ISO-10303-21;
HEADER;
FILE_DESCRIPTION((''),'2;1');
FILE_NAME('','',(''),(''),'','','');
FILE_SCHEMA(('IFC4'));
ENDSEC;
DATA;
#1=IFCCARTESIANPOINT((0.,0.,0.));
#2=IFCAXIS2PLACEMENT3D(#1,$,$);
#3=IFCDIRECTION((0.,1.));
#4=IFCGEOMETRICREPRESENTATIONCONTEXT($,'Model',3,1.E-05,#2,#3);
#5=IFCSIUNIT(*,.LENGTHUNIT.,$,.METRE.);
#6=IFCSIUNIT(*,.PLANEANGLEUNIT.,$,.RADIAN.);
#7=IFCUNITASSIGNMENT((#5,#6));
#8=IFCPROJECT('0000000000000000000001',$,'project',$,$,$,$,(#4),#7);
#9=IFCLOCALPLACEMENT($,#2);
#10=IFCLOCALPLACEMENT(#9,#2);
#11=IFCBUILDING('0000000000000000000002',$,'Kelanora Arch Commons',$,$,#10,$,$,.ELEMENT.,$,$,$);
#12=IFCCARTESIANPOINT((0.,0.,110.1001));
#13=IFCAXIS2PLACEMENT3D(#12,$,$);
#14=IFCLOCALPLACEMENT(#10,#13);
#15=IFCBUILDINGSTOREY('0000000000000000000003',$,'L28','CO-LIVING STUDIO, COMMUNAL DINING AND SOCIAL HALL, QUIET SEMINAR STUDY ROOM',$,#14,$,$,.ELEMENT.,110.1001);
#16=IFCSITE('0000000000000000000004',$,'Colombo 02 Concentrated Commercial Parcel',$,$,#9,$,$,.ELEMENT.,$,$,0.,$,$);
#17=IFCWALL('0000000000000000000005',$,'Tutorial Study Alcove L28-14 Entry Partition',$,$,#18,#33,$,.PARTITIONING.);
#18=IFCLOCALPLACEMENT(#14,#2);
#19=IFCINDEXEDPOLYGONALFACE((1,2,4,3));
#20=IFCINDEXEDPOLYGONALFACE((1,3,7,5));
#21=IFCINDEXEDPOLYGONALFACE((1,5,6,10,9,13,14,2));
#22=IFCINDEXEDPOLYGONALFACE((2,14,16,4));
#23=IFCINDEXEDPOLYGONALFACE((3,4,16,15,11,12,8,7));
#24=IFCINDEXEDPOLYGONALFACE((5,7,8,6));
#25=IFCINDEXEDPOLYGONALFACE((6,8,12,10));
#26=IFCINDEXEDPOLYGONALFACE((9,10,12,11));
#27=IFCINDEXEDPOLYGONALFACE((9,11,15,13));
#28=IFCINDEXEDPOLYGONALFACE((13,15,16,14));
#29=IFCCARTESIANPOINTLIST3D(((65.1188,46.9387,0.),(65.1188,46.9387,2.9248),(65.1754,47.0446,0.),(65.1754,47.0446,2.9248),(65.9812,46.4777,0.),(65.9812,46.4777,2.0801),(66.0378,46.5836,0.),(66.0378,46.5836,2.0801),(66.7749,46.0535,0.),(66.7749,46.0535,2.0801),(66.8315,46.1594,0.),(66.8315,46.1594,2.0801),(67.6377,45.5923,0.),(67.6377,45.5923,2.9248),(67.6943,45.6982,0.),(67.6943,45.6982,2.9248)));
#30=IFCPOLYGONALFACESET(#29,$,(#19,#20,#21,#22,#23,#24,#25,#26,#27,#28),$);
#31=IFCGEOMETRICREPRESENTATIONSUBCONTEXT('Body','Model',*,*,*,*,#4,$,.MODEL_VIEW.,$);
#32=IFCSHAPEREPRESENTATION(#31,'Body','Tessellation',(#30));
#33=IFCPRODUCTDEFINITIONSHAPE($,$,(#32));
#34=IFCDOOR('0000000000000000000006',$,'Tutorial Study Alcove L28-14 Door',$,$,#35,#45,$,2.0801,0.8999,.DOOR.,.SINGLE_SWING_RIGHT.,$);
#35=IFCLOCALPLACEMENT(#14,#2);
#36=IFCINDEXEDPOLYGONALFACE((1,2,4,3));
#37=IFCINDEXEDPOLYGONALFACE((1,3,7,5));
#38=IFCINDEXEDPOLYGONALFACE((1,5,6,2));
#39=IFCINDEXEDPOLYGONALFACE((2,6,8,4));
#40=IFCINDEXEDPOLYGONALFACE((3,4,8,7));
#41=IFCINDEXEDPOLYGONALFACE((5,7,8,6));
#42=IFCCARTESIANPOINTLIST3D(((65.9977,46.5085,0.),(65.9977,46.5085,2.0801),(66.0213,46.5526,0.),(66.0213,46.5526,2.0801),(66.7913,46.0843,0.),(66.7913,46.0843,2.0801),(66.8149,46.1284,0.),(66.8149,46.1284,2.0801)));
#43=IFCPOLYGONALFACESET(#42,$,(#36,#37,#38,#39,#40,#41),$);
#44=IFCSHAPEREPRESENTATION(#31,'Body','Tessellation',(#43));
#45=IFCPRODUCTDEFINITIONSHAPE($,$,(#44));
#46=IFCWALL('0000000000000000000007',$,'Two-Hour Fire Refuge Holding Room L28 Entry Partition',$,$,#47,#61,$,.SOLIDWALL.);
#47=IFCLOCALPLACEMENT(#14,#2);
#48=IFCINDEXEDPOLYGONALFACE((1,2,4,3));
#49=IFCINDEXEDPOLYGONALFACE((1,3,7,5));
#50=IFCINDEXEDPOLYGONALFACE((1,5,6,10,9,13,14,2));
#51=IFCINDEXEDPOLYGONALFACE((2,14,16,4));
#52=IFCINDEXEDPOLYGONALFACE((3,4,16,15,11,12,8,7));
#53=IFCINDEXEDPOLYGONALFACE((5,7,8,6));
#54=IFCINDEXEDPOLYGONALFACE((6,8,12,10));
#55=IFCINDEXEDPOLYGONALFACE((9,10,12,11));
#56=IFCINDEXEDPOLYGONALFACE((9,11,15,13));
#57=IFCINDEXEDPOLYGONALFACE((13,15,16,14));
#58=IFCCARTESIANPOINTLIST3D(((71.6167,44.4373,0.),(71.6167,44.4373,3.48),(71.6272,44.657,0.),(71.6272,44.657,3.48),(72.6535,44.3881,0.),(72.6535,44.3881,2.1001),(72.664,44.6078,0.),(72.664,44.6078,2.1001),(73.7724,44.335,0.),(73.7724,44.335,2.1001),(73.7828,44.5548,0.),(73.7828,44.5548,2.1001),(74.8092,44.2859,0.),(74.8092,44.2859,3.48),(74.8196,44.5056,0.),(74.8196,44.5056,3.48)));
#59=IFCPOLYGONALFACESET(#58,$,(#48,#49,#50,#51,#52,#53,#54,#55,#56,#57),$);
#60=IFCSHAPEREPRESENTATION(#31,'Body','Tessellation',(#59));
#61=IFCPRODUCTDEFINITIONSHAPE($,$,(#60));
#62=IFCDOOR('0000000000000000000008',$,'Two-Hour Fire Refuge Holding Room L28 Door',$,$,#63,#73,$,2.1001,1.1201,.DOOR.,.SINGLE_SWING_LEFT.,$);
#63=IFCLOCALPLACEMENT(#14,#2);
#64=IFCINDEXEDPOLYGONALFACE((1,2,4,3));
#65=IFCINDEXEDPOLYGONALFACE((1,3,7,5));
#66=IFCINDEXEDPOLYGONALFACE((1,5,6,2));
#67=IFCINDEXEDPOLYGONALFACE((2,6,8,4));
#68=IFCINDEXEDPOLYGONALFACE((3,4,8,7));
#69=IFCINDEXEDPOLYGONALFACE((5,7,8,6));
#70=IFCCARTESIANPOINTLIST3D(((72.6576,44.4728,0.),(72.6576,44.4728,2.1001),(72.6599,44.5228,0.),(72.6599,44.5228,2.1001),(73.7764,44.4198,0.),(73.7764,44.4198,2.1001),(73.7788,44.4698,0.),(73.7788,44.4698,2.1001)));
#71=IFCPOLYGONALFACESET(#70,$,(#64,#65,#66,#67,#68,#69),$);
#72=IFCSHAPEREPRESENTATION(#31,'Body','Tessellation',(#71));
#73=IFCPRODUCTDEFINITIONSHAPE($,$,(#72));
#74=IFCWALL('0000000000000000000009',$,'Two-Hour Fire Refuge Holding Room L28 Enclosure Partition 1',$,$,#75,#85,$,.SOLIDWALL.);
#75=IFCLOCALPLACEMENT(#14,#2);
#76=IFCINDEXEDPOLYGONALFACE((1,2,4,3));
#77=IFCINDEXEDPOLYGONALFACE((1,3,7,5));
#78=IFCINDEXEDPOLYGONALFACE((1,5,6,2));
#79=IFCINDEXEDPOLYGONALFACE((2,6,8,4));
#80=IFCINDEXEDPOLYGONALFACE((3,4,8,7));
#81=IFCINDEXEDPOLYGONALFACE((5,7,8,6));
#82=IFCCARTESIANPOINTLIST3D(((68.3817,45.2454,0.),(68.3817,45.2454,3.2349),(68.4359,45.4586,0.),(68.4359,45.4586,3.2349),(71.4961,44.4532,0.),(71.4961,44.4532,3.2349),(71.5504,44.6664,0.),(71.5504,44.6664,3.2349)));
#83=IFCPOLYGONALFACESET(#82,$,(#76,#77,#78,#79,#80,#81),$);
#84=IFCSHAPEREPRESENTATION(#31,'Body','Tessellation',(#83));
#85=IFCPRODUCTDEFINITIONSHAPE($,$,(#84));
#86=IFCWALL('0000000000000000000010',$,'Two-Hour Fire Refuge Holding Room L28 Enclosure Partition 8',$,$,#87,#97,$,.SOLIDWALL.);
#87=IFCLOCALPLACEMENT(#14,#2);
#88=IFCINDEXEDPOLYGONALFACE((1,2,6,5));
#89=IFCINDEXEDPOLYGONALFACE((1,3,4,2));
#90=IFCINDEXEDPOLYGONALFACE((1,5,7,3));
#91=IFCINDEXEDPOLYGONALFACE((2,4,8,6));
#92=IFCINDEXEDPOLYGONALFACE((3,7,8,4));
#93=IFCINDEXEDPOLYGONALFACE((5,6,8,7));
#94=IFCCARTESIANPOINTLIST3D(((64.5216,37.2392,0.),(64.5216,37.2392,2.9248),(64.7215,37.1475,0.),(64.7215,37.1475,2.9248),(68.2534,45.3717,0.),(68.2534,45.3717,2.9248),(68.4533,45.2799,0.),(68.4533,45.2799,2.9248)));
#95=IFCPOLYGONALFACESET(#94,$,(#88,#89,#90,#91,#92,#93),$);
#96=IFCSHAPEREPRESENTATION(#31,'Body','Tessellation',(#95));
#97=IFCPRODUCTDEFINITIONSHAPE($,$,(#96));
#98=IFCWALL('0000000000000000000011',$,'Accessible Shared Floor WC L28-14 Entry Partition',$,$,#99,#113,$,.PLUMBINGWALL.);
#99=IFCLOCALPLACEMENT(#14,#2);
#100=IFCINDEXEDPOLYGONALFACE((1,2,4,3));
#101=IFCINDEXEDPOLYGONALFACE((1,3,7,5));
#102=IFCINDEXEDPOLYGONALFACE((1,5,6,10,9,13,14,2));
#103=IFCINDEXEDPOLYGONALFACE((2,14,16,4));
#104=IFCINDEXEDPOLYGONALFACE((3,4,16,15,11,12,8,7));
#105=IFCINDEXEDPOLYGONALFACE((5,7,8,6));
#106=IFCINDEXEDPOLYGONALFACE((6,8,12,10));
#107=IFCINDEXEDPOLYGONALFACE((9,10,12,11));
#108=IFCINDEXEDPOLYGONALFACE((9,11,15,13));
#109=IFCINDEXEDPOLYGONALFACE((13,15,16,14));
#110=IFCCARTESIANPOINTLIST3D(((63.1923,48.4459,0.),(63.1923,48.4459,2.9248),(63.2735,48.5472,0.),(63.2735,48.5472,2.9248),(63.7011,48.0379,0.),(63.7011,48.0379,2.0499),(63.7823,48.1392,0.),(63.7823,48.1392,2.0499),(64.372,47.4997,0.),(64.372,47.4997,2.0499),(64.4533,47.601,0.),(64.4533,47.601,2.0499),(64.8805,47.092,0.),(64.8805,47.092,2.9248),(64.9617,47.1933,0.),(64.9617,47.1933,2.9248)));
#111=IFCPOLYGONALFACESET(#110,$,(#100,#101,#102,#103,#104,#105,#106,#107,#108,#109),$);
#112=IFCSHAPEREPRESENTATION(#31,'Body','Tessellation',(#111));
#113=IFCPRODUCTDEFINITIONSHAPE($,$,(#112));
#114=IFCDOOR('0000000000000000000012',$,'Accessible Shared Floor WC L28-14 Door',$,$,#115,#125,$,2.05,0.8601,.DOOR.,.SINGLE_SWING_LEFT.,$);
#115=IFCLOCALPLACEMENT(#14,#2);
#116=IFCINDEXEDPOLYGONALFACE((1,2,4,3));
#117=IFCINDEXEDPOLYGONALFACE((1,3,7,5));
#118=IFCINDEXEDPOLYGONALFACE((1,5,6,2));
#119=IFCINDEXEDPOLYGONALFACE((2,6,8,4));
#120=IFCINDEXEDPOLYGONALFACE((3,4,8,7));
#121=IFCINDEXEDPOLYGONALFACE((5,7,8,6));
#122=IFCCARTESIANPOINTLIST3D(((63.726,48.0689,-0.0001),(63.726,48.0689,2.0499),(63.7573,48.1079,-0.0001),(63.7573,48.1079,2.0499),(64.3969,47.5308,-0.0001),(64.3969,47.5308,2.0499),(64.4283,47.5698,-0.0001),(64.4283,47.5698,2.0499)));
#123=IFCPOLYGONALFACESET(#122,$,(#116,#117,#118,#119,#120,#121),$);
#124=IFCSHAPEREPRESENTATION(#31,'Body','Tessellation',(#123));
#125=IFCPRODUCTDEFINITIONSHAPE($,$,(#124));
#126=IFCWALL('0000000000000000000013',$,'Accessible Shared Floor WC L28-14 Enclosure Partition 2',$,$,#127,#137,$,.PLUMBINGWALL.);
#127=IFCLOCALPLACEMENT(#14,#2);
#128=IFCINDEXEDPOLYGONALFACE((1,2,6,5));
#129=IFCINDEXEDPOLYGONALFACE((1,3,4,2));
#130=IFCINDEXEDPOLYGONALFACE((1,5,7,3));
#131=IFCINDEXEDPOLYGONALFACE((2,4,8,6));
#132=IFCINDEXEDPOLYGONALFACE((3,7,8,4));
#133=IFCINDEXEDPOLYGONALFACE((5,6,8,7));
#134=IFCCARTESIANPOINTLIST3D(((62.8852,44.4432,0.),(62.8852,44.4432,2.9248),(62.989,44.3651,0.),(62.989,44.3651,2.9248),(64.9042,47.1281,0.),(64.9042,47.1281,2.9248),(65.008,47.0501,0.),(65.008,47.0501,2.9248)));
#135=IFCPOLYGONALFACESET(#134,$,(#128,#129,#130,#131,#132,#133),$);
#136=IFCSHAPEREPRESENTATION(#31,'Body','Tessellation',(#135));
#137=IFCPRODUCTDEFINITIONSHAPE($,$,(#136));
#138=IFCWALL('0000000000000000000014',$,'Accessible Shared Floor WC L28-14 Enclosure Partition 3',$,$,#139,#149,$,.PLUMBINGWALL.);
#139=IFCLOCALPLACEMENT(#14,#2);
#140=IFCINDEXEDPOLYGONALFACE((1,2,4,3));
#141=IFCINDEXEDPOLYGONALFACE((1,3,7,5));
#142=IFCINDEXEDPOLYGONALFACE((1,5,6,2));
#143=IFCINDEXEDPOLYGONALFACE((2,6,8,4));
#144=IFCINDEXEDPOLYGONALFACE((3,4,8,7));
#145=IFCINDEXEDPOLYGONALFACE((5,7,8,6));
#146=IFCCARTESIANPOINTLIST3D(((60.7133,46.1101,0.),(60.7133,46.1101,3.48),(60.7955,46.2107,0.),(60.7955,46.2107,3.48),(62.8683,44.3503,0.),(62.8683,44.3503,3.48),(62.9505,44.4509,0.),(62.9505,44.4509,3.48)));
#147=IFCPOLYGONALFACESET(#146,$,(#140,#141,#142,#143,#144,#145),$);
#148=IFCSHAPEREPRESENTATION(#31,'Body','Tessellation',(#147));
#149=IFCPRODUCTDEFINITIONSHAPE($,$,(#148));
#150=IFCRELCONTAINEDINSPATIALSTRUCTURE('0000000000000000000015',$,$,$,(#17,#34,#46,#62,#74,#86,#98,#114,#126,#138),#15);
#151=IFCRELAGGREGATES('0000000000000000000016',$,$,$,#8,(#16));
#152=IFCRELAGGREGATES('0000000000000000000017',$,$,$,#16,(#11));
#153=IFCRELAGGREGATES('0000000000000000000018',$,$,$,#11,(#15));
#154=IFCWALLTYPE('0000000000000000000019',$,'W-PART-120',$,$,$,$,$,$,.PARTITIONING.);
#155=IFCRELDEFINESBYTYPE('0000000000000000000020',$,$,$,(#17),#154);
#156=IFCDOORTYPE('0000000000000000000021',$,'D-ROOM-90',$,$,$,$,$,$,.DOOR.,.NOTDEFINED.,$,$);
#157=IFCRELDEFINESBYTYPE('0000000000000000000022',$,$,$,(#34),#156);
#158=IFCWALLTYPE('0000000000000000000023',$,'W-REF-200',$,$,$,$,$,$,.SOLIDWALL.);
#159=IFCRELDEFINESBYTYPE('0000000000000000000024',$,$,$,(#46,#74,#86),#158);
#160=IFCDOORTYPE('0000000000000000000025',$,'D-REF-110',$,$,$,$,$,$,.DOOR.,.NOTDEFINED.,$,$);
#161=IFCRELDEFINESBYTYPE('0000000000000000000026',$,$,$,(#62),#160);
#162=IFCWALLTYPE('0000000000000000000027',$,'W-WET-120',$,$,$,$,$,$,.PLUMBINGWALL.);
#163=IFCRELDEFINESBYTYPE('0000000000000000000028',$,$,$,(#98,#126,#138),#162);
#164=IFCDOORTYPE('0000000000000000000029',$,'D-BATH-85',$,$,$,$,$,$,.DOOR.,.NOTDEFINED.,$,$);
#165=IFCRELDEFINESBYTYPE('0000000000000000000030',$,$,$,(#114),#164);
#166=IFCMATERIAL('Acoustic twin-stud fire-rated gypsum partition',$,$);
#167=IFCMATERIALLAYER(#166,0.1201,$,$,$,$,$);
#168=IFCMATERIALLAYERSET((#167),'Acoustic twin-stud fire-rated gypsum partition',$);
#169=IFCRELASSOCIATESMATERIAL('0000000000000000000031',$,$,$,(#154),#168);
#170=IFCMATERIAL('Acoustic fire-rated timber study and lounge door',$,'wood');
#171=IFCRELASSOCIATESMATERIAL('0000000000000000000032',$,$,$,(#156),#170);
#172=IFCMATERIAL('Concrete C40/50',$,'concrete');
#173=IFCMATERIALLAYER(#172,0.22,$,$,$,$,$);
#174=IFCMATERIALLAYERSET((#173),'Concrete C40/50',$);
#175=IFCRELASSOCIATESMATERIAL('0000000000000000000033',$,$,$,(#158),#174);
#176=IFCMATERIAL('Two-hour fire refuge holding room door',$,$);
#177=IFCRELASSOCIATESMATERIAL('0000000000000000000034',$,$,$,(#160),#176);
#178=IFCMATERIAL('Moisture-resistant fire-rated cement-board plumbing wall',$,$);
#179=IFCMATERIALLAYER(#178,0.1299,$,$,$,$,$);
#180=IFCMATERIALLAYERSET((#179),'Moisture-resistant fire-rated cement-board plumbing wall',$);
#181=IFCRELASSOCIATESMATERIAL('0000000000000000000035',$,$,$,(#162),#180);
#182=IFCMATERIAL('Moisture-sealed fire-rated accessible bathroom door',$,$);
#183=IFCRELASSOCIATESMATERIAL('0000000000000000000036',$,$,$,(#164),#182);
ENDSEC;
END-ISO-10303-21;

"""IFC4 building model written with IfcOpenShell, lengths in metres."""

from ifc_helpers import new_model, si_unit, direction, frame, frame_2d, origin, place, context, subcontext, project, spatial, rectangle, extrude, material, layer, layer_set, type_object, element, fill, save


model = new_model("IFC4")

# Units and contexts
model_context = context("Model", 3, precision=1e-05, world=origin(), true_north=direction((0.0, 1.0)))
body_context = subcontext(model_context, "Body", "Model", "MODEL_VIEW")
ifc_project = project(units=[si_unit("LENGTHUNIT", "METRE"), si_unit("PLANEANGLEUNIT", "RADIAN")], contexts=[model_context])

# Site, building, storey
site_placement = place(None, origin())
site = spatial("IfcSite", under=ifc_project, at=site_placement, Name="Colombo 02 Concentrated Commercial Parcel", CompositionType="ELEMENT", RefElevation=0.0)
building_placement = place(site_placement, origin())
building = spatial("IfcBuilding", under=site, at=building_placement, Name="Kelanora Arch Commons", CompositionType="ELEMENT")
storey_placement = place(building_placement, frame((0.0, 0.0, 110.1001)))
storey = spatial("IfcBuildingStorey", under=building, at=storey_placement, Name="L28", Description="CO-LIVING STUDIO, COMMUNAL DINING AND SOCIAL HALL, QUIET SEMINAR STUDY ROOM", CompositionType="ELEMENT", Elevation=110.1001)

# Walls, openings, doors
ifc_material_1 = material(Name="Acoustic twin-stud fire-rated gypsum partition")
ifc_layer_1 = layer(ifc_material_1, 0.1201)
ifc_layer_set_1 = layer_set([ifc_layer_1], Name="Acoustic twin-stud fire-rated gypsum partition")
wall_type_1 = type_object("IfcWallType", Name="W-PART-120", PredefinedType="PARTITIONING", material=ifc_layer_set_1)
wall_1_placement = place(storey_placement, frame((65.147, 46.9917, 0.0), z_axis=(0.0, 0.0, 1.0), x_axis=(0.881924, -0.471391, 0.0)))
wall_1 = element("IfcWall", 1, at=wall_1_placement, inside=storey, type_object=wall_type_1, Name="Tutorial Study Alcove L28-14 Entry Partition", PredefinedType="PARTITIONING", context=body_context, shape_type="SweptSolid", body=[
    extrude(rectangle(XDim=2.8562, YDim=0.1201, at=frame_2d((1.4282, 0.0))), origin(), (0.0, 0.0, 1.0), 2.9248),
])
opening_1_placement = place(wall_1_placement, frame((0.978, 0.0, 0.0)))
opening_1 = element("IfcOpeningElement", 2, at=opening_1_placement, cuts=wall_1, PredefinedType="OPENING", context=body_context, shape_type="SweptSolid", body=[
    extrude(rectangle(XDim=0.8999, YDim=2.0801, at=frame_2d((0.45, 1.04))), frame((0.0, 0.0701, 0.0), z_axis=(0.0, -1.0, 0.0), x_axis=(1.0, 0.0, 0.0)), (0.0, 0.0, 1.0), 0.1401),
])
ifc_material_2 = material(Name="Acoustic fire-rated timber study and lounge door", Category="wood")
door_type_1 = type_object("IfcDoorType", Name="D-ROOM-90", OperationType="NOTDEFINED", PredefinedType="DOOR", material=ifc_material_2)
door_1_placement = place(opening_1_placement, origin())
door_1 = element("IfcDoor", 3, at=door_1_placement, inside=storey, type_object=door_type_1, Name="Tutorial Study Alcove L28-14 Door", OperationType="SINGLE_SWING_RIGHT", OverallHeight=2.0801, OverallWidth=0.8999, PredefinedType="DOOR", context=body_context, shape_type="SweptSolid", body=[
    extrude(rectangle(XDim=0.8999, YDim=2.0801, at=frame_2d((0.45, 1.04))), frame((0.0, 0.0249, 0.0), z_axis=(0.0, -1.0, 0.0), x_axis=(1.0, 0.0, 0.0)), (0.0, 0.0, 1.0), 0.05),
])
fill(opening_1, door_1)
ifc_material_3 = material(Name="Concrete C40/50", Category="concrete")
ifc_layer_2 = layer(ifc_material_3, 0.22)
ifc_layer_set_2 = layer_set([ifc_layer_2], Name="Concrete C40/50")
wall_type_2 = type_object("IfcWallType", Name="W-REF-200", PredefinedType="SOLIDWALL", material=ifc_layer_set_2)
wall_2_placement = place(storey_placement, frame((71.6218, 44.5471, 0.0), z_axis=(0.0, 0.0, 1.0), x_axis=(0.998878, -0.047362, 0.0)))
wall_2 = element("IfcWall", 4, at=wall_2_placement, inside=storey, type_object=wall_type_2, Name="Two-Hour Fire Refuge Holding Room L28 Entry Partition", PredefinedType="SOLIDWALL", context=body_context, shape_type="SweptSolid", body=[
    extrude(rectangle(XDim=3.196, YDim=0.22, at=frame_2d((1.5981, 0.0))), origin(), (0.0, 0.0, 1.0), 3.48),
])
opening_2_placement = place(wall_2_placement, frame((1.0381, 0.0, 0.0)))
opening_2 = element("IfcOpeningElement", 5, at=opening_2_placement, cuts=wall_2, PredefinedType="OPENING", context=body_context, shape_type="SweptSolid", body=[
    extrude(rectangle(XDim=1.1201, YDim=2.1001, at=frame_2d((0.5601, 1.05))), frame((0.0, 0.1201, 0.0), z_axis=(0.0, -1.0, 0.0), x_axis=(1.0, 0.0, 0.0)), (0.0, 0.0, 1.0), 0.24),
])
ifc_material_4 = material(Name="Two-hour fire refuge holding room door")
door_type_2 = type_object("IfcDoorType", Name="D-REF-110", OperationType="NOTDEFINED", PredefinedType="DOOR", material=ifc_material_4)
door_2_placement = place(opening_2_placement, origin())
door_2 = element("IfcDoor", 6, at=door_2_placement, inside=storey, type_object=door_type_2, Name="Two-Hour Fire Refuge Holding Room L28 Door", OperationType="SINGLE_SWING_LEFT", OverallHeight=2.1001, OverallWidth=1.1201, PredefinedType="DOOR", context=body_context, shape_type="SweptSolid", body=[
    extrude(rectangle(XDim=1.1201, YDim=2.1001, at=frame_2d((0.5601, 1.05))), frame((0.0, 0.0249, 0.0), z_axis=(0.0, -1.0, 0.0), x_axis=(1.0, 0.0, 0.0)), (0.0, 0.0, 1.0), 0.05),
])
fill(opening_2, door_2)

# Walls
wall_3_placement = place(storey_placement, frame((68.4087, 45.3521, 0.0), z_axis=(0.0, 0.0, 1.0), x_axis=(0.969138, -0.24652, 0.0)))
element("IfcWall", 7, at=wall_3_placement, inside=storey, type_object=wall_type_2, Name="Two-Hour Fire Refuge Holding Room L28 Enclosure Partition 1", PredefinedType="SOLIDWALL", context=body_context, shape_type="SweptSolid", body=[
    extrude(rectangle(XDim=3.2136, YDim=0.22, at=frame_2d((1.6069, 0.0))), origin(), (0.0, 0.0, 1.0), 3.2349),
])
wall_4_placement = place(storey_placement, frame((64.6216, 37.1934, 0.0), z_axis=(0.0, 0.0, 1.0), x_axis=(0.417059, 0.90888, 0.0)))
element("IfcWall", 8, at=wall_4_placement, inside=storey, type_object=wall_type_2, Name="Two-Hour Fire Refuge Holding Room L28 Enclosure Partition 8", PredefinedType="SOLIDWALL", context=body_context, shape_type="SweptSolid", body=[
    extrude(rectangle(XDim=8.9478, YDim=0.22, at=frame_2d((4.4739, 0.0))), origin(), (0.0, 0.0, 1.0), 2.9248),
])

# Wall, opening, door
ifc_material_5 = material(Name="Moisture-resistant fire-rated cement-board plumbing wall")
ifc_layer_3 = layer(ifc_material_5, 0.1299)
ifc_layer_set_3 = layer_set([ifc_layer_3], Name="Moisture-resistant fire-rated cement-board plumbing wall")
wall_type_3 = type_object("IfcWallType", Name="W-WET-120", PredefinedType="PLUMBINGWALL", material=ifc_layer_set_3)
wall_5_placement = place(storey_placement, frame((63.2329, 48.4966, 0.0), z_axis=(0.0, 0.0, 1.0), x_axis=(0.780098, -0.625658, 0.0)))
wall_5 = element("IfcWall", 9, at=wall_5_placement, inside=storey, type_object=wall_type_3, Name="Accessible Shared Floor WC L28-14 Entry Partition", PredefinedType="PLUMBINGWALL", context=body_context, shape_type="SweptSolid", body=[
    extrude(rectangle(XDim=2.1641, YDim=0.1299, at=frame_2d((1.082, 0.0))), origin(), (0.0, 0.0, 1.0), 2.9248),
])
opening_3_placement = place(wall_5_placement, frame((0.6521, 0.0, 0.0)))
opening_3 = element("IfcOpeningElement", 10, at=opening_3_placement, cuts=wall_5, PredefinedType="OPENING", context=body_context, shape_type="SweptSolid", body=[
    extrude(rectangle(XDim=0.8601, YDim=2.05, at=frame_2d((0.4302, 1.0249))), frame((0.0, 0.075, 0.0), z_axis=(0.0, -1.0, 0.0), x_axis=(1.0, 0.0, 0.0)), (0.0, 0.0, 1.0), 0.1499),
])
ifc_material_6 = material(Name="Moisture-sealed fire-rated accessible bathroom door")
door_type_3 = type_object("IfcDoorType", Name="D-BATH-85", OperationType="NOTDEFINED", PredefinedType="DOOR", material=ifc_material_6)
door_3_placement = place(opening_3_placement, origin())
door_3 = element("IfcDoor", 11, at=door_3_placement, inside=storey, type_object=door_type_3, Name="Accessible Shared Floor WC L28-14 Door", OperationType="SINGLE_SWING_LEFT", OverallHeight=2.05, OverallWidth=0.8601, PredefinedType="DOOR", context=body_context, shape_type="SweptSolid", body=[
    extrude(rectangle(XDim=0.8601, YDim=2.05, at=frame_2d((0.4302, 1.0249))), frame((0.0, 0.0249, 0.0), z_axis=(0.0, -1.0, 0.0), x_axis=(1.0, 0.0, 0.0)), (0.0, 0.0, 1.0), 0.05),
])
fill(opening_3, door_3)

# Walls
wall_6_placement = place(storey_placement, frame((64.9561, 47.0891, 0.0), z_axis=(0.0, 0.0, 1.0), x_axis=(-0.601, -0.799249, 0.0)))
element("IfcWall", 12, at=wall_6_placement, inside=storey, type_object=wall_type_3, Name="Accessible Shared Floor WC L28-14 Enclosure Partition 2", PredefinedType="PLUMBINGWALL", context=body_context, shape_type="SweptSolid", body=[
    extrude(rectangle(XDim=3.3594, YDim=0.1299, at=frame_2d((1.6797, 0.0))), origin(), (0.0, 0.0, 1.0), 2.9248),
])
wall_7_placement = place(storey_placement, frame((62.9094, 44.4006, 0.0), z_axis=(0.0, 0.0, 1.0), x_axis=(-0.774563, 0.632497, 0.0)))
element("IfcWall", 13, at=wall_7_placement, inside=storey, type_object=wall_type_3, Name="Accessible Shared Floor WC L28-14 Enclosure Partition 3", PredefinedType="PLUMBINGWALL", context=body_context, shape_type="SweptSolid", body=[
    extrude(rectangle(XDim=2.7822, YDim=0.1299, at=frame_2d((1.3911, 0.0))), origin(), (0.0, 0.0, 1.0), 3.48),
])

save(model, "model.ifc")
